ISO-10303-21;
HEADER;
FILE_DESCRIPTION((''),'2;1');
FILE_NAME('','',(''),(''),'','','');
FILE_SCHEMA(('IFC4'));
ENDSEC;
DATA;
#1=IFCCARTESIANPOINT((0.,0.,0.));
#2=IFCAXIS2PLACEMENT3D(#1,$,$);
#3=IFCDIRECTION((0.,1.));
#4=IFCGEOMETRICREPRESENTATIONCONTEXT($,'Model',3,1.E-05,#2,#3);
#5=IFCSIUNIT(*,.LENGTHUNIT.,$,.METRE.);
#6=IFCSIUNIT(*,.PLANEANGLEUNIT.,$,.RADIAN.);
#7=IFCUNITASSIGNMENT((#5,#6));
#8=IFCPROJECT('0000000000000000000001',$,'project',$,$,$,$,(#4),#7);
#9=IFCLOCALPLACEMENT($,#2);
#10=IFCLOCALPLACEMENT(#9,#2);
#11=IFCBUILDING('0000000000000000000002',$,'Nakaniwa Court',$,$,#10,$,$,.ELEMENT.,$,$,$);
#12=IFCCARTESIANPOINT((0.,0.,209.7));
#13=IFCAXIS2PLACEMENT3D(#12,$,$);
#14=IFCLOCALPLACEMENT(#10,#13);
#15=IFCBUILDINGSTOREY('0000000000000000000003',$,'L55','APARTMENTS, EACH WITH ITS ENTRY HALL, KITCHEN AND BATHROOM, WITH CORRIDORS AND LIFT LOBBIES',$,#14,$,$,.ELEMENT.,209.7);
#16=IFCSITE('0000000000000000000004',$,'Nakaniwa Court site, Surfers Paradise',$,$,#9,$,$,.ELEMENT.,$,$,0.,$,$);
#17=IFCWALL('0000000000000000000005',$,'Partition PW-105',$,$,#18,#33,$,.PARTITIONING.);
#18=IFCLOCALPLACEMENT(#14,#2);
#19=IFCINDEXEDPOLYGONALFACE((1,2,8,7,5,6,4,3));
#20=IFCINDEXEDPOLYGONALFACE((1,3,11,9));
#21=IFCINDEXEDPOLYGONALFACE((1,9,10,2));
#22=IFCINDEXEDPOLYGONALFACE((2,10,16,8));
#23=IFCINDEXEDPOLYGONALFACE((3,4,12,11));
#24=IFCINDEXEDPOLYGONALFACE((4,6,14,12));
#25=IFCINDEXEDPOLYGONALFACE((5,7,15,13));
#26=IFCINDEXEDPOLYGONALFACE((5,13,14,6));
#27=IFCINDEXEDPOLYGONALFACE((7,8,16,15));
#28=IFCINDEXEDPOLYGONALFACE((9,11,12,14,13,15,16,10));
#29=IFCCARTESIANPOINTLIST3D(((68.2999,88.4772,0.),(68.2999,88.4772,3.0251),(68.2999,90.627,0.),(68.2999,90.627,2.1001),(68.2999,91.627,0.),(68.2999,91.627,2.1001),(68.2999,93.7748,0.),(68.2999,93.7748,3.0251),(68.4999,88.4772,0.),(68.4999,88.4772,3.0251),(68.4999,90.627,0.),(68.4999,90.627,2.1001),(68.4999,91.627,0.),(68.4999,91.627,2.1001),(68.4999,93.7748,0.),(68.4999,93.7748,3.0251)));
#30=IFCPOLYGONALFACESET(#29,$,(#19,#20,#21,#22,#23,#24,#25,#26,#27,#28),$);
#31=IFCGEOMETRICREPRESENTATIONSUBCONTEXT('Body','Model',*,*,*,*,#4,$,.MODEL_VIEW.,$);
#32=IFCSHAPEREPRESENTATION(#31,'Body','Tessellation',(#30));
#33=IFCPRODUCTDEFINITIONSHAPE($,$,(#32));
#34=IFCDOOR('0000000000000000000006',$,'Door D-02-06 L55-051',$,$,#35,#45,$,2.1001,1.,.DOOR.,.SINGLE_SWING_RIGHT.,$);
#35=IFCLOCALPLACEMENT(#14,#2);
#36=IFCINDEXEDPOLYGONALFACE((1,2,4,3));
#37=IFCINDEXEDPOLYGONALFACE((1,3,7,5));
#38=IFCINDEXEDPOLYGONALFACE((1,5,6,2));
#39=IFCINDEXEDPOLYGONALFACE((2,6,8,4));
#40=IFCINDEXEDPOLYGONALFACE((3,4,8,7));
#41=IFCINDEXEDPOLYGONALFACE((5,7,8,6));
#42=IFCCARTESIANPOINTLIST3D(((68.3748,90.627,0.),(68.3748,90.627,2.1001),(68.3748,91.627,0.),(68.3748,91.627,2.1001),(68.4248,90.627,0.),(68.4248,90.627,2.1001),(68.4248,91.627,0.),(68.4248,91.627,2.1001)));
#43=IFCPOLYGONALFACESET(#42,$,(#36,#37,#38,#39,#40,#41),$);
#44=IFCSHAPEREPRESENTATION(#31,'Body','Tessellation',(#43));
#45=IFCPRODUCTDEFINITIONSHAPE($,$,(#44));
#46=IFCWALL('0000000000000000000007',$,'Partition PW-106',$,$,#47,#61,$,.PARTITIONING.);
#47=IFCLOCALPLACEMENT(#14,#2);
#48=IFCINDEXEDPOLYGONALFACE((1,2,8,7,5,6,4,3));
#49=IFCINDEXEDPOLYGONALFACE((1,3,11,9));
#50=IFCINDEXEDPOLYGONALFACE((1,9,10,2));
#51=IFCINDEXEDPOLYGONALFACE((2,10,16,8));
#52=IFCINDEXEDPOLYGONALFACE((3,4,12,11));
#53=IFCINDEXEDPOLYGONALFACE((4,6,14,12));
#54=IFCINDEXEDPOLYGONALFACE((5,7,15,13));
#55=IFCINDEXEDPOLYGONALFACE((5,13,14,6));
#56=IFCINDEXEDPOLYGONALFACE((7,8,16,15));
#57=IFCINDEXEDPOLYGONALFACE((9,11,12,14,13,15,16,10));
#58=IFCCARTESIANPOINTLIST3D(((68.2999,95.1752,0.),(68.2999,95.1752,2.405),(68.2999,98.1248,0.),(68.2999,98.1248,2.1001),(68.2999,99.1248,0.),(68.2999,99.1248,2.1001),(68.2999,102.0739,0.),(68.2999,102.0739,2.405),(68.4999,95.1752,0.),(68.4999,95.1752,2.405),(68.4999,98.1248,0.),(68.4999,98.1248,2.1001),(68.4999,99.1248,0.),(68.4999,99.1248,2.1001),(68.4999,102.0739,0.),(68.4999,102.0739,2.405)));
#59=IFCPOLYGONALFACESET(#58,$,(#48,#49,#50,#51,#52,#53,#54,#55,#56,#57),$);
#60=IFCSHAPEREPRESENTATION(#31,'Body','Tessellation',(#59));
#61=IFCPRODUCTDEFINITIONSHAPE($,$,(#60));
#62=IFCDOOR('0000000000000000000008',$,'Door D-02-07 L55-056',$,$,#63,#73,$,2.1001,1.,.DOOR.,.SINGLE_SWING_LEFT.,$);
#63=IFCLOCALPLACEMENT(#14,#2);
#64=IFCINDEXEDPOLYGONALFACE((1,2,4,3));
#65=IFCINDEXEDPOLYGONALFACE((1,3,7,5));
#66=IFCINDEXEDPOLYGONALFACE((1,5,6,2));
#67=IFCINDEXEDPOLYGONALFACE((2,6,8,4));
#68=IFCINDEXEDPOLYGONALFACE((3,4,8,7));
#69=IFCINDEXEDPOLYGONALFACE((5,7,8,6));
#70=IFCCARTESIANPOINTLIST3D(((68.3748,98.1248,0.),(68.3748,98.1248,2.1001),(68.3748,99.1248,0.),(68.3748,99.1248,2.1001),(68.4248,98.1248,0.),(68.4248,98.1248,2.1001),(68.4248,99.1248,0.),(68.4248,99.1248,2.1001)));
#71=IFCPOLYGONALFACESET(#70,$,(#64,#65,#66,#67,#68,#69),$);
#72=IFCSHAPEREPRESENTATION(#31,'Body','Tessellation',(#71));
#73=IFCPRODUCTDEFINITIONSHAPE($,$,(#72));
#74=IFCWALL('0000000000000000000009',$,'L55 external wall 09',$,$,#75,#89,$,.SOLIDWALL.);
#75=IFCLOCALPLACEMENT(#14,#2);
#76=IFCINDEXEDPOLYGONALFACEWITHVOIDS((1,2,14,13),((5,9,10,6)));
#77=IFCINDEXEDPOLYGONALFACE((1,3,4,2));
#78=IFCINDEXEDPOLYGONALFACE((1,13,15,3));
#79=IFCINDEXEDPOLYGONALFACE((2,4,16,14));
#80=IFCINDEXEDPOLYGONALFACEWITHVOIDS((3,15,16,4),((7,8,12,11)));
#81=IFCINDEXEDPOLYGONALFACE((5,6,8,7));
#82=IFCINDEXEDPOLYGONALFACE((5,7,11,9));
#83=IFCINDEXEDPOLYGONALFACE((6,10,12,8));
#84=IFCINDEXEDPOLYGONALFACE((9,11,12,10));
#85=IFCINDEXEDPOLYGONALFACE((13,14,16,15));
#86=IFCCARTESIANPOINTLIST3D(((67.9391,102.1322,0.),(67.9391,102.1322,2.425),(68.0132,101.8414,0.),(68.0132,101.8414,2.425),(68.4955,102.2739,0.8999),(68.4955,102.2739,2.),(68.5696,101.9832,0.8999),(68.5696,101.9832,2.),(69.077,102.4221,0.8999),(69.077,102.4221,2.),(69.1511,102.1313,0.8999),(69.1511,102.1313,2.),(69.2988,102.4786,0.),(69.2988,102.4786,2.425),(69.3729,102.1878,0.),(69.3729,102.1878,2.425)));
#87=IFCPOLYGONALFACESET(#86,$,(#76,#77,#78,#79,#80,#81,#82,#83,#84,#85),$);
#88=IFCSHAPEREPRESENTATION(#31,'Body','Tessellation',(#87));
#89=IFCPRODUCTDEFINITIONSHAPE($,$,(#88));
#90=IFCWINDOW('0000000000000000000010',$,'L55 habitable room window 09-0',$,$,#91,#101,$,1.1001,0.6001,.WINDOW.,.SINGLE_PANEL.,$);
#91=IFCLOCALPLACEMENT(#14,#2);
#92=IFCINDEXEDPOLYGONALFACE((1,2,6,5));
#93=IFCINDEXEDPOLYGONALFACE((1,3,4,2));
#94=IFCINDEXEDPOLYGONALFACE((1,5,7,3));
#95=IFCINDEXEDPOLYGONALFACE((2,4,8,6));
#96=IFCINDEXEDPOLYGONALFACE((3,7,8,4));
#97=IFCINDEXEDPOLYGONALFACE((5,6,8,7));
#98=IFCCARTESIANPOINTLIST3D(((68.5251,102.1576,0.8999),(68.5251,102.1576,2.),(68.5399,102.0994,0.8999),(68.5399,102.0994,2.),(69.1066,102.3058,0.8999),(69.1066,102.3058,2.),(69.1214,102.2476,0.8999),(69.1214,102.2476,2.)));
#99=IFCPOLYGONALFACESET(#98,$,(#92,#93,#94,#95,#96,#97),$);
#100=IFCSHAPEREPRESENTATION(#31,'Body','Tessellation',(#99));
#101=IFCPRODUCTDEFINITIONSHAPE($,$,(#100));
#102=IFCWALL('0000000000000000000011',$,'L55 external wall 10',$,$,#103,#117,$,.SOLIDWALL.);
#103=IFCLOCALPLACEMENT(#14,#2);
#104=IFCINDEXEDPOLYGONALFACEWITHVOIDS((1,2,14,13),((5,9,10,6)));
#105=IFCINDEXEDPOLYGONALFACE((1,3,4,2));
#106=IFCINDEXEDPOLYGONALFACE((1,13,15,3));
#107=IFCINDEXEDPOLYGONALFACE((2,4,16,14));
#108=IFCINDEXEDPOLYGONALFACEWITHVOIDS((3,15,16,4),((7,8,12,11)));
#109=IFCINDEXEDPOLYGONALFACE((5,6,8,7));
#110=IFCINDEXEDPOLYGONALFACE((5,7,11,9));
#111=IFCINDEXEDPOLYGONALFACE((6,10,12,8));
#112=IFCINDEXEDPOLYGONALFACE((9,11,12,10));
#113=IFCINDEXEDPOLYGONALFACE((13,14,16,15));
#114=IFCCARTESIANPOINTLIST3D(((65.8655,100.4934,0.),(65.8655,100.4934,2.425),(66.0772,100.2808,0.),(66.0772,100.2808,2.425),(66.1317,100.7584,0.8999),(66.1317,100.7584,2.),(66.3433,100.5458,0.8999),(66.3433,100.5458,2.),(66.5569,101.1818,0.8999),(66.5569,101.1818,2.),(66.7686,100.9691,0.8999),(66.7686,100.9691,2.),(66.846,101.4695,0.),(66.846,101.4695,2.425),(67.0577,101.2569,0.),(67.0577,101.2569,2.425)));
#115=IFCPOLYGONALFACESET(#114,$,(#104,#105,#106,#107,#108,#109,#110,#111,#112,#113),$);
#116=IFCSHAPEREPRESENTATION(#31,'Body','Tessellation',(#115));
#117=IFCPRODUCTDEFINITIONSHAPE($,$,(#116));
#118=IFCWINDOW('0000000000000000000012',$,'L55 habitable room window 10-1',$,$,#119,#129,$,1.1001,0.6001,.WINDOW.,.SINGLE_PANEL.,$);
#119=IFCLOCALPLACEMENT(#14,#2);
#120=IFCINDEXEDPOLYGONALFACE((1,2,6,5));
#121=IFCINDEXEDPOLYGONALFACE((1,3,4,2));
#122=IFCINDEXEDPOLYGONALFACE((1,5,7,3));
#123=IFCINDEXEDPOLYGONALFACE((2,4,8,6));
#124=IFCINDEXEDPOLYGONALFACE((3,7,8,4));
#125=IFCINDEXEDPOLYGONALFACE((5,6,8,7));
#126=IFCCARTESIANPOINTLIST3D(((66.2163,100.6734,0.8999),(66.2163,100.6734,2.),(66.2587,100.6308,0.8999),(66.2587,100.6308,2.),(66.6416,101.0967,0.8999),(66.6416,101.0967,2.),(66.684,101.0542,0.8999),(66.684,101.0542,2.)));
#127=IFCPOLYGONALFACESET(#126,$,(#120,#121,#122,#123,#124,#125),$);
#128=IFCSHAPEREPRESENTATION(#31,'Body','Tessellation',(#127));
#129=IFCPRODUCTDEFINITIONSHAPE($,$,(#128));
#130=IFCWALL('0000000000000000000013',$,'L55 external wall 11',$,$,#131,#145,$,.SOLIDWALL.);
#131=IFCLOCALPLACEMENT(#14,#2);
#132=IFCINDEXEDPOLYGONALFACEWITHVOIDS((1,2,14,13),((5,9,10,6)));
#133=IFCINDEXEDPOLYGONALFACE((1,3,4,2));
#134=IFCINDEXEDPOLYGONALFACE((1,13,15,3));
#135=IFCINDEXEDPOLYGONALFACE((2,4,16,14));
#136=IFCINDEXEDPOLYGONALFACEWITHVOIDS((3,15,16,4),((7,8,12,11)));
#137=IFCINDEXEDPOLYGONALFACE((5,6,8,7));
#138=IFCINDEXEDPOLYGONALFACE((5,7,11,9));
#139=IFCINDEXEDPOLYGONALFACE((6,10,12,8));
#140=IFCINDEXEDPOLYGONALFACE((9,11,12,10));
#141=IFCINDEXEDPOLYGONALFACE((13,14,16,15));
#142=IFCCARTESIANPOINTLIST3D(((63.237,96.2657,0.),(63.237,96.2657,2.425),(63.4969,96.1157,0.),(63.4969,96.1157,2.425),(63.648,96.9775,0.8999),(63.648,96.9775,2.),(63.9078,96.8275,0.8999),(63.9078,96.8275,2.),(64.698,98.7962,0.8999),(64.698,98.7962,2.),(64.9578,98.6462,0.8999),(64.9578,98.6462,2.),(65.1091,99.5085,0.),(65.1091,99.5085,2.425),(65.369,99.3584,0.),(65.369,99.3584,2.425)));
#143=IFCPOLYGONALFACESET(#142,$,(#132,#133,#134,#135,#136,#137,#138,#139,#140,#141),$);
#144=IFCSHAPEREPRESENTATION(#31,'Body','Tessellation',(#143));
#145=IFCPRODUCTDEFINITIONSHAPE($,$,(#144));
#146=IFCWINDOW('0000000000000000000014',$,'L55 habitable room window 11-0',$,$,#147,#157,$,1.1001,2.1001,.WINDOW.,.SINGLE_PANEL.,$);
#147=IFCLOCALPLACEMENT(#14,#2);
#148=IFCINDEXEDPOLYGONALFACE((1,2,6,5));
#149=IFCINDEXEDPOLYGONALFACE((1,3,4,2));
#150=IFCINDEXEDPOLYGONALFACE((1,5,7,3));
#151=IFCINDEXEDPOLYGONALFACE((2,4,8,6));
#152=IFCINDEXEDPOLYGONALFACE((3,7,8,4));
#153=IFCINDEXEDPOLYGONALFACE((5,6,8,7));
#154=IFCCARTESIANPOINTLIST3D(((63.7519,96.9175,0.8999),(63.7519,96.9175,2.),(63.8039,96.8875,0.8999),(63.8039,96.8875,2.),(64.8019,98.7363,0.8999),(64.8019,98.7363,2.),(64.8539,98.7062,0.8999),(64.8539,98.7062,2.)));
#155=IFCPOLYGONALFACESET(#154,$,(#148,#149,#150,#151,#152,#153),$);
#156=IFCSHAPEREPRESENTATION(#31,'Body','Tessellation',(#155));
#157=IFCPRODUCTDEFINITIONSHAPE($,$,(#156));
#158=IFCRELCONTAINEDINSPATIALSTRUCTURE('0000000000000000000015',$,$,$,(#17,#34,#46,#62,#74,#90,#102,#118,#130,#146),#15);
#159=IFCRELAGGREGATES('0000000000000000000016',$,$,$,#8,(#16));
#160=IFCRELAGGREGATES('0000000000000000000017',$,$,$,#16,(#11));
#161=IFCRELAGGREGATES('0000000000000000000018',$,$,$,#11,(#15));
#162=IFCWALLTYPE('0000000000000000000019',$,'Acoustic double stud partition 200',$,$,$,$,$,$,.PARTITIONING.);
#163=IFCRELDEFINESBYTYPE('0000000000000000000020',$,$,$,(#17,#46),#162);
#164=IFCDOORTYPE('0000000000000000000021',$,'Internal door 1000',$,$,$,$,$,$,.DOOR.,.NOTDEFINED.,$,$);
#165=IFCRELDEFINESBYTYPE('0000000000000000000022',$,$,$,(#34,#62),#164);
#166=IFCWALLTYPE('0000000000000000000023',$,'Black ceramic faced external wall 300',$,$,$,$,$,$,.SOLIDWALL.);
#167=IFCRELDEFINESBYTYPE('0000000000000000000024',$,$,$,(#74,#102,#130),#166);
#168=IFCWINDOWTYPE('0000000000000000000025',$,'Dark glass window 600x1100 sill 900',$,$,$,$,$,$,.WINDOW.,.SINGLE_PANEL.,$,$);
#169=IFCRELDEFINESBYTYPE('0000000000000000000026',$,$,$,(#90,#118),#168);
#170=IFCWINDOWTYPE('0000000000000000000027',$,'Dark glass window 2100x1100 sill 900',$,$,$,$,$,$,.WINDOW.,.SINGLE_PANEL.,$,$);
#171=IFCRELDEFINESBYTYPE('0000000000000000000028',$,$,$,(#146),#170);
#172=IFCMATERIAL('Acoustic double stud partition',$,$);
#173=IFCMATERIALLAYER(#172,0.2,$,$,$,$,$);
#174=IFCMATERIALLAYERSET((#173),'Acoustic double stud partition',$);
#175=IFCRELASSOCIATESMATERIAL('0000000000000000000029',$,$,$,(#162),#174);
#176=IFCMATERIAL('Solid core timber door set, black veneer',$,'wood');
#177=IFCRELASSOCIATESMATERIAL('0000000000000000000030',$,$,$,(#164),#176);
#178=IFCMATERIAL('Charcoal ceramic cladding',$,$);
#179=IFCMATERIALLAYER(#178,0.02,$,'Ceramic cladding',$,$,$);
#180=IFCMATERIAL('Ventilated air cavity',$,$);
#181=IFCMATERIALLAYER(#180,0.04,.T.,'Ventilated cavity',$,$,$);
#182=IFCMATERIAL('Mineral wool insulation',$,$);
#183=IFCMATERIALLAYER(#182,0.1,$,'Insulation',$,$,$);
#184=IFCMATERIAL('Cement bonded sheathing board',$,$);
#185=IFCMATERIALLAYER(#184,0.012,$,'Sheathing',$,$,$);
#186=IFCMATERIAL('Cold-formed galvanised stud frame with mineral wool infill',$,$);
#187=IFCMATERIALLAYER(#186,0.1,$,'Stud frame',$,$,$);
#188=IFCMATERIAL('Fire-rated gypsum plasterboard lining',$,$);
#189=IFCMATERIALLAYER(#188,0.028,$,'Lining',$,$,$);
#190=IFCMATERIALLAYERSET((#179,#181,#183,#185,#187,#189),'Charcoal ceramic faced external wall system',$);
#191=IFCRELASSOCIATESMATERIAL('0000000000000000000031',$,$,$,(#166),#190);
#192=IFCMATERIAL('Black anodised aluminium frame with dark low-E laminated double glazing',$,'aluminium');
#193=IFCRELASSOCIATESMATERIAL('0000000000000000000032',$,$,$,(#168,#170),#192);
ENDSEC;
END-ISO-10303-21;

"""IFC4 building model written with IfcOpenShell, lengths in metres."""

from ifc_helpers import new_model, si_unit, direction, frame, frame_2d, origin, place, context, subcontext, project, spatial, rectangle, extrude, material, layer, layer_set, type_object, element, fill, save


model = new_model("IFC4")

# Units and contexts
model_context = context("Model", 3, precision=1e-05, world=origin(), true_north=direction((0.0, 1.0)))
body_context = subcontext(model_context, "Body", "Model", "MODEL_VIEW")
ifc_project = project(units=[si_unit("LENGTHUNIT", "METRE"), si_unit("PLANEANGLEUNIT", "RADIAN")], contexts=[model_context])

# Site, building, storey
site_placement = place(None, origin())
site = spatial("IfcSite", under=ifc_project, at=site_placement, Name="Nakaniwa Court site, Surfers Paradise", CompositionType="ELEMENT", RefElevation=0.0)
building_placement = place(site_placement, origin())
building = spatial("IfcBuilding", under=site, at=building_placement, Name="Nakaniwa Court", CompositionType="ELEMENT")
storey_placement = place(building_placement, frame((0.0, 0.0, 209.7)))
storey = spatial("IfcBuildingStorey", under=building, at=storey_placement, Name="L55", Description="APARTMENTS, EACH WITH ITS ENTRY HALL, KITCHEN AND BATHROOM, WITH CORRIDORS AND LIFT LOBBIES", CompositionType="ELEMENT", Elevation=209.7)

# Shared definitions
ifc_material_1 = material(Name="Acoustic double stud partition")
ifc_layer_1 = layer(ifc_material_1, 0.2)
ifc_layer_set_1 = layer_set([ifc_layer_1], Name="Acoustic double stud partition")
wall_type_1 = type_object("IfcWallType", Name="Acoustic double stud partition 200", PredefinedType="PARTITIONING", material=ifc_layer_set_1)

# Walls, openings, doors
wall_1_placement = place(storey_placement, frame((68.3999, 93.7749, 0.0), z_axis=(0.0, 0.0, 1.0), x_axis=(0.0, -1.0, 0.0)))
wall_1 = element("IfcWall", 1, at=wall_1_placement, inside=storey, type_object=wall_type_1, Name="Partition PW-105", PredefinedType="PARTITIONING", context=body_context, shape_type="SweptSolid", body=[
    extrude(rectangle(XDim=5.2976, YDim=0.2, at=frame_2d((2.6489, 0.0))), origin(), (0.0, 0.0, 1.0), 3.0251),
])
opening_1_placement = place(wall_1_placement, frame((2.1479, 0.0, 0.0)))
opening_1 = element("IfcOpeningElement", 2, at=opening_1_placement, cuts=wall_1, PredefinedType="OPENING", context=body_context, shape_type="SweptSolid", body=[
    extrude(rectangle(XDim=1.0, YDim=2.1001, at=frame_2d((0.5, 1.05))), frame((0.0, 0.1099, 0.0), z_axis=(0.0, -1.0, 0.0), x_axis=(1.0, 0.0, 0.0)), (0.0, 0.0, 1.0), 0.22),
])
ifc_material_2 = material(Name="Solid core timber door set, black veneer", Category="wood")
door_type = type_object("IfcDoorType", Name="Internal door 1000", OperationType="NOTDEFINED", PredefinedType="DOOR", material=ifc_material_2)
door_1_placement = place(opening_1_placement, origin())
door_1 = element("IfcDoor", 3, at=door_1_placement, inside=storey, type_object=door_type, Name="Door D-02-06 L55-051", OperationType="SINGLE_SWING_RIGHT", OverallHeight=2.1001, OverallWidth=1.0, PredefinedType="DOOR", context=body_context, shape_type="SweptSolid", body=[
    extrude(rectangle(XDim=1.0, YDim=2.1001, at=frame_2d((0.5, 1.05))), frame((0.0, 0.0249, 0.0), z_axis=(0.0, -1.0, 0.0), x_axis=(1.0, 0.0, 0.0)), (0.0, 0.0, 1.0), 0.05),
])
fill(opening_1, door_1)
wall_2_placement = place(storey_placement, frame((68.3999, 102.0737, 0.0), z_axis=(0.0, 0.0, 1.0), x_axis=(0.0, -1.0, 0.0)))
wall_2 = element("IfcWall", 4, at=wall_2_placement, inside=storey, type_object=wall_type_1, Name="Partition PW-106", PredefinedType="PARTITIONING", context=body_context, shape_type="SweptSolid", body=[
    extrude(rectangle(XDim=6.8987, YDim=0.2, at=frame_2d((3.4492, 0.0))), origin(), (0.0, 0.0, 1.0), 2.405),
])
opening_2_placement = place(wall_2_placement, frame((2.949, 0.0, 0.0)))
opening_2 = element("IfcOpeningElement", 5, at=opening_2_placement, cuts=wall_2, PredefinedType="OPENING", context=body_context, shape_type="SweptSolid", body=[
    extrude(rectangle(XDim=1.0, YDim=2.1001, at=frame_2d((0.5, 1.05))), frame((0.0, 0.1099, 0.0), z_axis=(0.0, -1.0, 0.0), x_axis=(1.0, 0.0, 0.0)), (0.0, 0.0, 1.0), 0.22),
])
door_2_placement = place(opening_2_placement, origin())
door_2 = element("IfcDoor", 6, at=door_2_placement, inside=storey, type_object=door_type, Name="Door D-02-07 L55-056", OperationType="SINGLE_SWING_LEFT", OverallHeight=2.1001, OverallWidth=1.0, PredefinedType="DOOR", context=body_context, shape_type="SweptSolid", body=[
    extrude(rectangle(XDim=1.0, YDim=2.1001, at=frame_2d((0.5, 1.05))), frame((0.0, 0.0249, 0.0), z_axis=(0.0, -1.0, 0.0), x_axis=(1.0, 0.0, 0.0)), (0.0, 0.0, 1.0), 0.05),
])
fill(opening_2, door_2)

# Walls, openings, windows
ifc_material_3 = material(Name="Charcoal ceramic cladding")
ifc_layer_2 = layer(ifc_material_3, 0.02, Name="Ceramic cladding")
ifc_material_4 = material(Name="Ventilated air cavity")
ifc_layer_3 = layer(ifc_material_4, 0.04, ventilated=True, Name="Ventilated cavity")
ifc_material_5 = material(Name="Mineral wool insulation")
ifc_layer_4 = layer(ifc_material_5, 0.1, Name="Insulation")
ifc_material_6 = material(Name="Cement bonded sheathing board")
ifc_layer_5 = layer(ifc_material_6, 0.012, Name="Sheathing")
ifc_material_7 = material(Name="Cold-formed galvanised stud frame with mineral wool infill")
ifc_layer_6 = layer(ifc_material_7, 0.1, Name="Stud frame")
ifc_material_8 = material(Name="Fire-rated gypsum plasterboard lining")
ifc_layer_7 = layer(ifc_material_8, 0.028, Name="Lining")
ifc_layer_set_2 = layer_set([ifc_layer_2, ifc_layer_3, ifc_layer_4, ifc_layer_5, ifc_layer_6, ifc_layer_7], Name="Charcoal ceramic faced external wall system")
wall_type_2 = type_object("IfcWallType", Name="Black ceramic faced external wall 300", PredefinedType="SOLIDWALL", material=ifc_layer_set_2)
wall_3_placement = place(storey_placement, frame((69.3359, 102.3333, 0.0), z_axis=(0.0, 0.0, 1.0), x_axis=(-0.969037, -0.246914, 0.0)))
wall_3 = element("IfcWall", 7, at=wall_3_placement, inside=storey, type_object=wall_type_2, Name="L55 external wall 09", PredefinedType="SOLIDWALL", context=body_context, shape_type="SweptSolid", body=[
    extrude(rectangle(XDim=1.4031, YDim=0.3, at=frame_2d((0.7017, 0.0))), origin(), (0.0, 0.0, 1.0), 2.425),
])
opening_3_placement = place(wall_3_placement, frame((0.229, 0.0, 0.8999)))
opening_3 = element("IfcOpeningElement", 8, at=opening_3_placement, cuts=wall_3, PredefinedType="OPENING", context=body_context, shape_type="SweptSolid", body=[
    extrude(rectangle(XDim=0.6001, YDim=1.1001, at=frame_2d((0.3, 0.55))), frame((0.0, 0.1599, 0.0), z_axis=(0.0, -1.0, 0.0), x_axis=(1.0, 0.0, 0.0)), (0.0, 0.0, 1.0), 0.3201),
])
ifc_material_9 = material(Name="Black anodised aluminium frame with dark low-E laminated double glazing", Category="aluminium")
window_type_1 = type_object("IfcWindowType", Name="Dark glass window 600x1100 sill 900", PartitioningType="SINGLE_PANEL", PredefinedType="WINDOW", material=ifc_material_9)
window_1_placement = place(opening_3_placement, origin())
window_1 = element("IfcWindow", 9, at=window_1_placement, inside=storey, type_object=window_type_1, Name="L55 habitable room window 09-0", OverallHeight=1.1001, OverallWidth=0.6001, PartitioningType="SINGLE_PANEL", PredefinedType="WINDOW", context=body_context, shape_type="SweptSolid", body=[
    extrude(rectangle(XDim=0.6001, YDim=1.1001, at=frame_2d((0.3, 0.55))), frame((0.0, 0.03, 0.0), z_axis=(0.0, -1.0, 0.0), x_axis=(1.0, 0.0, 0.0)), (0.0, 0.0, 1.0), 0.0601),
])
fill(opening_3, window_1)
wall_4_placement = place(storey_placement, frame((66.9519, 101.3633, 0.0), z_axis=(0.0, 0.0, 1.0), x_axis=(-0.708693, -0.705517, 0.0)))
wall_4 = element("IfcWall", 10, at=wall_4_placement, inside=storey, type_object=wall_type_2, Name="L55 external wall 10", PredefinedType="SOLIDWALL", context=body_context, shape_type="SweptSolid", body=[
    extrude(rectangle(XDim=1.3835, YDim=0.3, at=frame_2d((0.6919, 0.0))), origin(), (0.0, 0.0, 1.0), 2.425),
])
opening_4_placement = place(wall_4_placement, frame((0.408, 0.0, 0.8999)))
opening_4 = element("IfcOpeningElement", 11, at=opening_4_placement, cuts=wall_4, PredefinedType="OPENING", context=body_context, shape_type="SweptSolid", body=[
    extrude(rectangle(XDim=0.6001, YDim=1.1001, at=frame_2d((0.3, 0.55))), frame((0.0, 0.1599, 0.0), z_axis=(0.0, -1.0, 0.0), x_axis=(1.0, 0.0, 0.0)), (0.0, 0.0, 1.0), 0.3201),
])
window_2_placement = place(opening_4_placement, origin())
window_2 = element("IfcWindow", 12, at=window_2_placement, inside=storey, type_object=window_type_1, Name="L55 habitable room window 10-1", OverallHeight=1.1001, OverallWidth=0.6001, PartitioningType="SINGLE_PANEL", PredefinedType="WINDOW", context=body_context, shape_type="SweptSolid", body=[
    extrude(rectangle(XDim=0.6001, YDim=1.1001, at=frame_2d((0.3, 0.55))), frame((0.0, 0.03, 0.0), z_axis=(0.0, -1.0, 0.0), x_axis=(1.0, 0.0, 0.0)), (0.0, 0.0, 1.0), 0.0601),
])
fill(opening_4, window_2)
wall_5_placement = place(storey_placement, frame((65.239, 99.4333, 0.0), z_axis=(0.0, 0.0, 1.0), x_axis=(-0.499982, -0.866036, 0.0)))
wall_5 = element("IfcWall", 13, at=wall_5_placement, inside=storey, type_object=wall_type_2, Name="L55 external wall 11", PredefinedType="SOLIDWALL", context=body_context, shape_type="SweptSolid", body=[
    extrude(rectangle(XDim=3.7444, YDim=0.3, at=frame_2d((1.8721, 0.0))), origin(), (0.0, 0.0, 1.0), 2.425),
])
opening_5_placement = place(wall_5_placement, frame((0.8223, 0.0, 0.8999)))
opening_5 = element("IfcOpeningElement", 14, at=opening_5_placement, cuts=wall_5, PredefinedType="OPENING", context=body_context, shape_type="SweptSolid", body=[
    extrude(rectangle(XDim=2.1001, YDim=1.1001, at=frame_2d((1.05, 0.55))), frame((0.0, 0.1599, 0.0), z_axis=(0.0, -1.0, 0.0), x_axis=(1.0, 0.0, 0.0)), (0.0, 0.0, 1.0), 0.3201),
])
window_type_2 = type_object("IfcWindowType", Name="Dark glass window 2100x1100 sill 900", PartitioningType="SINGLE_PANEL", PredefinedType="WINDOW", material=ifc_material_9)
window_3_placement = place(opening_5_placement, origin())
window_3 = element("IfcWindow", 15, at=window_3_placement, inside=storey, type_object=window_type_2, Name="L55 habitable room window 11-0", OverallHeight=1.1001, OverallWidth=2.1001, PartitioningType="SINGLE_PANEL", PredefinedType="WINDOW", context=body_context, shape_type="SweptSolid", body=[
    extrude(rectangle(XDim=2.1001, YDim=1.1001, at=frame_2d((1.05, 0.55))), frame((0.0, 0.03, 0.0), z_axis=(0.0, -1.0, 0.0), x_axis=(1.0, 0.0, 0.0)), (0.0, 0.0, 1.0), 0.0601),
])
fill(opening_5, window_3)

save(model, "model.ifc")
